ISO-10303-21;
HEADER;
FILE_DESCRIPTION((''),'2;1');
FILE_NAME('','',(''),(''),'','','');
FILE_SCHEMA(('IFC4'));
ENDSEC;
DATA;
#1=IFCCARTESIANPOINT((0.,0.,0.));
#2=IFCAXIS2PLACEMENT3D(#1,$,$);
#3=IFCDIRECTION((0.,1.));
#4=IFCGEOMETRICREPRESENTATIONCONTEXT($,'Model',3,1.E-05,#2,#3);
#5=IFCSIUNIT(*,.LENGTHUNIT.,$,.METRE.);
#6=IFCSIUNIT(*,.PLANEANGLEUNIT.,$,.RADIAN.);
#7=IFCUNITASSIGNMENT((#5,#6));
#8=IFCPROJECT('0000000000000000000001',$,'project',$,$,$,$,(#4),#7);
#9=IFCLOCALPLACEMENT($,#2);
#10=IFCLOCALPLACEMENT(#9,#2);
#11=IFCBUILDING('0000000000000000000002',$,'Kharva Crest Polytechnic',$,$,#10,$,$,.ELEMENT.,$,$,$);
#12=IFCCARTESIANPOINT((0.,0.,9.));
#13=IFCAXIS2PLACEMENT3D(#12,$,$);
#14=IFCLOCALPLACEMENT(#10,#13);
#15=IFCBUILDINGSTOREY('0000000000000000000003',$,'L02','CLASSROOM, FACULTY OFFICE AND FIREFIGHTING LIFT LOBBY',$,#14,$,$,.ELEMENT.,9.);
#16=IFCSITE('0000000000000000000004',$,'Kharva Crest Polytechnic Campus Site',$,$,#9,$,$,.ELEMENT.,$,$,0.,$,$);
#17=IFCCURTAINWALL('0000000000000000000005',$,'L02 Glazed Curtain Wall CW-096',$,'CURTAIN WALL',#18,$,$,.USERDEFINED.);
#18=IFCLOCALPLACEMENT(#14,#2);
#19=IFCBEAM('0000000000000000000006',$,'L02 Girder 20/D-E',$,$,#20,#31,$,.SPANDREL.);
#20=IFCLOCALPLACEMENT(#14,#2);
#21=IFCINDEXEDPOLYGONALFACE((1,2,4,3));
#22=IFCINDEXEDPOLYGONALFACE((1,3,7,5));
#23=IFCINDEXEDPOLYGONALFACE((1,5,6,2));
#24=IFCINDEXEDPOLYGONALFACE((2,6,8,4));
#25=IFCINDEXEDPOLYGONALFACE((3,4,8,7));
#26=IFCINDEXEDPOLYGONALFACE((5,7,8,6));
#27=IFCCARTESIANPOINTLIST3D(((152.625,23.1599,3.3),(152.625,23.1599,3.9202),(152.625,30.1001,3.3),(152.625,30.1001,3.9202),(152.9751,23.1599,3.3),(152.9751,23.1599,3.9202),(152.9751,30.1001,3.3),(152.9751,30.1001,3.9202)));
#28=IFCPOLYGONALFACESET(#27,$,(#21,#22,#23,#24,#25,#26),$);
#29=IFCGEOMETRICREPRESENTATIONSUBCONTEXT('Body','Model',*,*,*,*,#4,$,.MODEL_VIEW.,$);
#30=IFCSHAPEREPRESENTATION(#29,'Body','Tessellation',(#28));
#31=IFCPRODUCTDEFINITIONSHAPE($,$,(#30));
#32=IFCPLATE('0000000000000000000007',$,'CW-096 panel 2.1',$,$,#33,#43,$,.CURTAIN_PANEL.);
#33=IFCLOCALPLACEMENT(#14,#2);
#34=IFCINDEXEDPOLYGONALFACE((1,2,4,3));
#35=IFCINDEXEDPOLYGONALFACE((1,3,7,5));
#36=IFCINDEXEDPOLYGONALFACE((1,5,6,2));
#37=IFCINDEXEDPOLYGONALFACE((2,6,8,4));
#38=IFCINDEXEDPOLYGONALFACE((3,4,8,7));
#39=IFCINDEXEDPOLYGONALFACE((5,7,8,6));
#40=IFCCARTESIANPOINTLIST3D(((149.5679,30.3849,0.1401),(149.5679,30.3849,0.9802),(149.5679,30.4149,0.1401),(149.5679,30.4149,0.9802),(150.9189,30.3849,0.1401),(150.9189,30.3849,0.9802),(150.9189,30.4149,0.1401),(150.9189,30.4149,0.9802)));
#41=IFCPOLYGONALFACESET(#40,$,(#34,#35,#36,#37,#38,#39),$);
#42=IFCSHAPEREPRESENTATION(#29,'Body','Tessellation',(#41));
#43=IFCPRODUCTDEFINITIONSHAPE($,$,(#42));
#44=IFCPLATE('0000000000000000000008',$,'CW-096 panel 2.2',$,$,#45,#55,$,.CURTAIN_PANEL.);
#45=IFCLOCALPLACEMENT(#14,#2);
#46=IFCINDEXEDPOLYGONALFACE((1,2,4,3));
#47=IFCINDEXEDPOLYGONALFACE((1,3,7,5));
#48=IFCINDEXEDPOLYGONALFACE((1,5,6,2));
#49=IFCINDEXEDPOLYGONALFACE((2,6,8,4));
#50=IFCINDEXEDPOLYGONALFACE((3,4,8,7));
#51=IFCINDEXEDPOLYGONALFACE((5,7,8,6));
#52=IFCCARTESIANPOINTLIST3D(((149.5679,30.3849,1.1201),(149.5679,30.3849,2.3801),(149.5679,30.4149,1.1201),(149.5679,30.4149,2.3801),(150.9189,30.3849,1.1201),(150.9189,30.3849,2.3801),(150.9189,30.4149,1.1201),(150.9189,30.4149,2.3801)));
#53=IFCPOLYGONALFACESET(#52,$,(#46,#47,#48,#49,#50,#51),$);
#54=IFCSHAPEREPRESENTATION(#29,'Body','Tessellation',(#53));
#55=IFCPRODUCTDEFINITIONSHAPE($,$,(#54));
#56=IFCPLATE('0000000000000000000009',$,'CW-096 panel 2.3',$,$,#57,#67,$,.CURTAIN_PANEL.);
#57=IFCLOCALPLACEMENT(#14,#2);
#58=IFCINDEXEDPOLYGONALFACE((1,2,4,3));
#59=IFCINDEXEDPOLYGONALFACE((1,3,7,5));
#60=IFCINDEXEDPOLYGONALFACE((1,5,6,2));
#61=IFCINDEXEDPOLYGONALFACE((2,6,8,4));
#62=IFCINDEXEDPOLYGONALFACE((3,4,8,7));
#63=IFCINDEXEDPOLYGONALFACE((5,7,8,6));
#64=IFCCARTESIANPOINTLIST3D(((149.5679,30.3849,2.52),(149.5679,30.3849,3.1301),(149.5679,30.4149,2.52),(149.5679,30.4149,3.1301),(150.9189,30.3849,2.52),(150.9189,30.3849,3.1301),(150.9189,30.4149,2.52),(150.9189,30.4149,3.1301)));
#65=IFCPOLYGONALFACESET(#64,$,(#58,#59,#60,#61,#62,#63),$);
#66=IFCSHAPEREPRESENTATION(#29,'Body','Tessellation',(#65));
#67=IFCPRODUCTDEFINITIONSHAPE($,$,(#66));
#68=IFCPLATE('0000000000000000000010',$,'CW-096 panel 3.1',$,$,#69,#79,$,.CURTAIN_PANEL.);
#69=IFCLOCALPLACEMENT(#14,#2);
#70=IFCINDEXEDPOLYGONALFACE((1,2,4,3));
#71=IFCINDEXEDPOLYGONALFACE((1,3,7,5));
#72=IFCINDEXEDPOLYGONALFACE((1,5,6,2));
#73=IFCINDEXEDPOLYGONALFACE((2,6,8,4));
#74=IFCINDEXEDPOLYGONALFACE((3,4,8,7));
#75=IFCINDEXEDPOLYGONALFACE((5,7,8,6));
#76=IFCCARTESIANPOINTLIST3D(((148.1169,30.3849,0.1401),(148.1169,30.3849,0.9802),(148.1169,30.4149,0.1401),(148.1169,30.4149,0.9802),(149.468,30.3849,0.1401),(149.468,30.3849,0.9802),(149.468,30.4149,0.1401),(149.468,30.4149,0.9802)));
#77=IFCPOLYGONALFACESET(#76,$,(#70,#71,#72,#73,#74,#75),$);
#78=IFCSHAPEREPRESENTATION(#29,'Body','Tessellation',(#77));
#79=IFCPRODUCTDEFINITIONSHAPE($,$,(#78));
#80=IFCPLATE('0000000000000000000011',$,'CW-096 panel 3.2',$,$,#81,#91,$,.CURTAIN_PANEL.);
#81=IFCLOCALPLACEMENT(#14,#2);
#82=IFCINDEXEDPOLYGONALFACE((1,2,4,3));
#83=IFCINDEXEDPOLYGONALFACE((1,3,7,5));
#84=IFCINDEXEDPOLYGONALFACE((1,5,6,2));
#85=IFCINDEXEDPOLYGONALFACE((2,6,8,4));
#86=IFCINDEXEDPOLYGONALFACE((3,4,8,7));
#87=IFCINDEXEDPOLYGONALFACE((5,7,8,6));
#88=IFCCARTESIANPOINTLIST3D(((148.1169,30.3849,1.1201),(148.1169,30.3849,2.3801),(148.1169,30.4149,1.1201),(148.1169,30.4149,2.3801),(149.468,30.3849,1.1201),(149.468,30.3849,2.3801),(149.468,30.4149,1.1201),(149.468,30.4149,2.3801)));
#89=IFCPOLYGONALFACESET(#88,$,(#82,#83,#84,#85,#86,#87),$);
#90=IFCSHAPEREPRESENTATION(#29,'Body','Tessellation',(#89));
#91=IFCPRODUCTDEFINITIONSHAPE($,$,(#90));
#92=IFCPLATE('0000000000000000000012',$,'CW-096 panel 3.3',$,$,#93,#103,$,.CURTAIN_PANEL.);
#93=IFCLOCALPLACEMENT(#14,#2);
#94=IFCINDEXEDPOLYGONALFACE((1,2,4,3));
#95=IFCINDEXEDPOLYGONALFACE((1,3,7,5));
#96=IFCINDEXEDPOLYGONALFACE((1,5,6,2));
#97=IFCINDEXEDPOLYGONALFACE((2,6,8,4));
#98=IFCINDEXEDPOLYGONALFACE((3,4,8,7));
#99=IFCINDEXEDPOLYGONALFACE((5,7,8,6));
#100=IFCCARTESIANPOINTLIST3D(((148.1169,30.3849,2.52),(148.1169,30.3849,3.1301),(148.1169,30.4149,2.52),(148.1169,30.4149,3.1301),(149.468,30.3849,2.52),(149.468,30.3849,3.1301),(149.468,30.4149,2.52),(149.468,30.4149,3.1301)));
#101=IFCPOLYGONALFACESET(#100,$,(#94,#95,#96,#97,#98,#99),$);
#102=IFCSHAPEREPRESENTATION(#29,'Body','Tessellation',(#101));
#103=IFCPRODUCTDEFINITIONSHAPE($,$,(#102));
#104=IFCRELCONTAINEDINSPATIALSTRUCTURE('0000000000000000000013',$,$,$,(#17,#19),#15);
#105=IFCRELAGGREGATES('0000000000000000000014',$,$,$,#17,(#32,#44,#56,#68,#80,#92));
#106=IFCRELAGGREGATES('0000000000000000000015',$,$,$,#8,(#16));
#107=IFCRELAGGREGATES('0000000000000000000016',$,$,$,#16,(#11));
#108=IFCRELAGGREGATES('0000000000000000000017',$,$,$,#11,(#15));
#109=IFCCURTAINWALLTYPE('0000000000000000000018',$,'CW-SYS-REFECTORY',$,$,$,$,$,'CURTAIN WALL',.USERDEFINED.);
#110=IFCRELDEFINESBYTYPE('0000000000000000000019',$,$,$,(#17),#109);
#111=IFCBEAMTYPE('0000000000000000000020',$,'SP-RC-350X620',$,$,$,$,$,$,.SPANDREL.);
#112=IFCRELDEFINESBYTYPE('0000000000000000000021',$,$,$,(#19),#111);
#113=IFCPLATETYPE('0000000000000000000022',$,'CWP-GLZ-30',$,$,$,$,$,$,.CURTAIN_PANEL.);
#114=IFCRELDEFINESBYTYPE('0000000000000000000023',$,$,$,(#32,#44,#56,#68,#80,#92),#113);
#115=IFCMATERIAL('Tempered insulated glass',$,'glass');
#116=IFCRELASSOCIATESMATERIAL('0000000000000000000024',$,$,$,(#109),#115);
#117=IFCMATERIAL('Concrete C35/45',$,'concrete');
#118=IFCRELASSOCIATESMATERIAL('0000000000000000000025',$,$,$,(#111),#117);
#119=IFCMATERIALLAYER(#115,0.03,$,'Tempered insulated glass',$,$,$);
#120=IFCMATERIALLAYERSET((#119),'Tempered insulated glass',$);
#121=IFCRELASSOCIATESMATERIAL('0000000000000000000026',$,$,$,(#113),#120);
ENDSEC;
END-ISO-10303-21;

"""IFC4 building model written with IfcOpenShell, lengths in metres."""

from ifc_helpers import new_model, si_unit, direction, frame, origin, origin_2d, place, context, subcontext, project, spatial, rectangle, extrude, material, layer, layer_set, material_profile, profile_set, type_object, element, aggregate, save


model = new_model("IFC4")

# Units and contexts
model_context = context("Model", 3, precision=1e-05, world=origin(), true_north=direction((0.0, 1.0)))
body_context = subcontext(model_context, "Body", "Model", "MODEL_VIEW")
ifc_project = project(units=[si_unit("LENGTHUNIT", "METRE"), si_unit("PLANEANGLEUNIT", "RADIAN")], contexts=[model_context])

# Site, building, storey
site_placement = place(None, origin())
site = spatial("IfcSite", under=ifc_project, at=site_placement, Name="Kharva Crest Polytechnic Campus Site", CompositionType="ELEMENT", RefElevation=0.0)
building_placement = place(site_placement, origin())
building = spatial("IfcBuilding", under=site, at=building_placement, Name="Kharva Crest Polytechnic", CompositionType="ELEMENT")
storey_placement = place(building_placement, frame((0.0, 0.0, 9.0)))
storey = spatial("IfcBuildingStorey", under=building, at=storey_placement, Name="L02", Description="CLASSROOM, FACULTY OFFICE AND FIREFIGHTING LIFT LOBBY", CompositionType="ELEMENT", Elevation=9.0)

# Curtain wall
ifc_material_1 = material(Name="Tempered insulated glass", Category="glass")
curtain_wall_type = type_object("IfcCurtainWallType", Name="CW-SYS-REFECTORY", ElementType="CURTAIN WALL", PredefinedType="USERDEFINED", material=ifc_material_1)
curtain_wall_placement = place(storey_placement, origin())
curtain_wall = element("IfcCurtainWall", 1, at=curtain_wall_placement, inside=storey, type_object=curtain_wall_type, Name="L02 Glazed Curtain Wall CW-096", ObjectType="CURTAIN WALL", PredefinedType="USERDEFINED")

# Beam
ifc_material_2 = material(Name="Concrete C35/45", Category="concrete")
ifc_material_profile_1 = material_profile(ifc_material_2, rectangle(XDim=0.3501, YDim=0.6201, at=origin_2d()), Name="RECT 350 X 620")
ifc_profile_set_1 = profile_set([ifc_material_profile_1], Name="Concrete C35/45")
beam_type = type_object("IfcBeamType", Name="SP-RC-350X620", PredefinedType="SPANDREL", material=ifc_profile_set_1)
beam_placement = place(storey_placement, frame((152.8, 23.1599, 3.6101), z_axis=(0.0, 1.0, 0.0), x_axis=(-1.0, 0.0, 0.0)))
element("IfcBeam", 2, at=beam_placement, inside=storey, type_object=beam_type, Name="L02 Girder 20/D-E", PredefinedType="SPANDREL", context=body_context, shape_type="SweptSolid", body=[
    extrude(rectangle(XDim=0.3501, YDim=0.6201, at=origin_2d()), origin(), (0.0, 0.0, 1.0), 6.9402),
])

# Plates
ifc_layer = layer(ifc_material_1, 0.03, Name="Tempered insulated glass")
ifc_layer_set = layer_set([ifc_layer], Name="Tempered insulated glass")
plate_type = type_object("IfcPlateType", Name="CWP-GLZ-30", PredefinedType="CURTAIN_PANEL", material=ifc_layer_set)
plate_1_placement = place(storey_placement, frame((150.2434, 30.3999, 0.1401), z_axis=(0.0, 0.0, 1.0), x_axis=(-1.0, 0.0, 0.0)))
plate_1 = element("IfcPlate", 3, at=plate_1_placement, type_object=plate_type, Name="CW-096 panel 2.1", PredefinedType="CURTAIN_PANEL", context=body_context, shape_type="SweptSolid", body=[
    extrude(rectangle(XDim=1.3511, YDim=0.03, at=origin_2d()), origin(), (0.0, 0.0, 1.0), 0.8401),
])
plate_2_placement = place(storey_placement, frame((150.2434, 30.3999, 1.1201), z_axis=(0.0, 0.0, 1.0), x_axis=(-1.0, 0.0, 0.0)))
plate_2 = element("IfcPlate", 4, at=plate_2_placement, type_object=plate_type, Name="CW-096 panel 2.2", PredefinedType="CURTAIN_PANEL", context=body_context, shape_type="SweptSolid", body=[
    extrude(rectangle(XDim=1.3511, YDim=0.03, at=origin_2d()), origin(), (0.0, 0.0, 1.0), 1.26),
])
plate_3_placement = place(storey_placement, frame((150.2434, 30.3999, 2.52), z_axis=(0.0, 0.0, 1.0), x_axis=(-1.0, 0.0, 0.0)))
plate_3 = element("IfcPlate", 5, at=plate_3_placement, type_object=plate_type, Name="CW-096 panel 2.3", PredefinedType="CURTAIN_PANEL", context=body_context, shape_type="SweptSolid", body=[
    extrude(rectangle(XDim=1.3511, YDim=0.03, at=origin_2d()), origin(), (0.0, 0.0, 1.0), 0.6101),
])
plate_4_placement = place(storey_placement, frame((148.7925, 30.3999, 0.1401), z_axis=(0.0, 0.0, 1.0), x_axis=(-1.0, 0.0, 0.0)))
plate_4 = element("IfcPlate", 6, at=plate_4_placement, type_object=plate_type, Name="CW-096 panel 3.1", PredefinedType="CURTAIN_PANEL", context=body_context, shape_type="SweptSolid", body=[
    extrude(rectangle(XDim=1.3511, YDim=0.03, at=origin_2d()), origin(), (0.0, 0.0, 1.0), 0.8401),
])
plate_5_placement = place(storey_placement, frame((148.7925, 30.3999, 1.1201), z_axis=(0.0, 0.0, 1.0), x_axis=(-1.0, 0.0, 0.0)))
plate_5 = element("IfcPlate", 7, at=plate_5_placement, type_object=plate_type, Name="CW-096 panel 3.2", PredefinedType="CURTAIN_PANEL", context=body_context, shape_type="SweptSolid", body=[
    extrude(rectangle(XDim=1.3511, YDim=0.03, at=origin_2d()), origin(), (0.0, 0.0, 1.0), 1.26),
])
plate_6_placement = place(storey_placement, frame((148.7925, 30.3999, 2.52), z_axis=(0.0, 0.0, 1.0), x_axis=(-1.0, 0.0, 0.0)))
plate_6 = element("IfcPlate", 8, at=plate_6_placement, type_object=plate_type, Name="CW-096 panel 3.3", PredefinedType="CURTAIN_PANEL", context=body_context, shape_type="SweptSolid", body=[
    extrude(rectangle(XDim=1.3511, YDim=0.03, at=origin_2d()), origin(), (0.0, 0.0, 1.0), 0.6101),
])
aggregate(curtain_wall, [plate_1, plate_2, plate_3, plate_4, plate_5, plate_6])

save(model, "model.ifc")
